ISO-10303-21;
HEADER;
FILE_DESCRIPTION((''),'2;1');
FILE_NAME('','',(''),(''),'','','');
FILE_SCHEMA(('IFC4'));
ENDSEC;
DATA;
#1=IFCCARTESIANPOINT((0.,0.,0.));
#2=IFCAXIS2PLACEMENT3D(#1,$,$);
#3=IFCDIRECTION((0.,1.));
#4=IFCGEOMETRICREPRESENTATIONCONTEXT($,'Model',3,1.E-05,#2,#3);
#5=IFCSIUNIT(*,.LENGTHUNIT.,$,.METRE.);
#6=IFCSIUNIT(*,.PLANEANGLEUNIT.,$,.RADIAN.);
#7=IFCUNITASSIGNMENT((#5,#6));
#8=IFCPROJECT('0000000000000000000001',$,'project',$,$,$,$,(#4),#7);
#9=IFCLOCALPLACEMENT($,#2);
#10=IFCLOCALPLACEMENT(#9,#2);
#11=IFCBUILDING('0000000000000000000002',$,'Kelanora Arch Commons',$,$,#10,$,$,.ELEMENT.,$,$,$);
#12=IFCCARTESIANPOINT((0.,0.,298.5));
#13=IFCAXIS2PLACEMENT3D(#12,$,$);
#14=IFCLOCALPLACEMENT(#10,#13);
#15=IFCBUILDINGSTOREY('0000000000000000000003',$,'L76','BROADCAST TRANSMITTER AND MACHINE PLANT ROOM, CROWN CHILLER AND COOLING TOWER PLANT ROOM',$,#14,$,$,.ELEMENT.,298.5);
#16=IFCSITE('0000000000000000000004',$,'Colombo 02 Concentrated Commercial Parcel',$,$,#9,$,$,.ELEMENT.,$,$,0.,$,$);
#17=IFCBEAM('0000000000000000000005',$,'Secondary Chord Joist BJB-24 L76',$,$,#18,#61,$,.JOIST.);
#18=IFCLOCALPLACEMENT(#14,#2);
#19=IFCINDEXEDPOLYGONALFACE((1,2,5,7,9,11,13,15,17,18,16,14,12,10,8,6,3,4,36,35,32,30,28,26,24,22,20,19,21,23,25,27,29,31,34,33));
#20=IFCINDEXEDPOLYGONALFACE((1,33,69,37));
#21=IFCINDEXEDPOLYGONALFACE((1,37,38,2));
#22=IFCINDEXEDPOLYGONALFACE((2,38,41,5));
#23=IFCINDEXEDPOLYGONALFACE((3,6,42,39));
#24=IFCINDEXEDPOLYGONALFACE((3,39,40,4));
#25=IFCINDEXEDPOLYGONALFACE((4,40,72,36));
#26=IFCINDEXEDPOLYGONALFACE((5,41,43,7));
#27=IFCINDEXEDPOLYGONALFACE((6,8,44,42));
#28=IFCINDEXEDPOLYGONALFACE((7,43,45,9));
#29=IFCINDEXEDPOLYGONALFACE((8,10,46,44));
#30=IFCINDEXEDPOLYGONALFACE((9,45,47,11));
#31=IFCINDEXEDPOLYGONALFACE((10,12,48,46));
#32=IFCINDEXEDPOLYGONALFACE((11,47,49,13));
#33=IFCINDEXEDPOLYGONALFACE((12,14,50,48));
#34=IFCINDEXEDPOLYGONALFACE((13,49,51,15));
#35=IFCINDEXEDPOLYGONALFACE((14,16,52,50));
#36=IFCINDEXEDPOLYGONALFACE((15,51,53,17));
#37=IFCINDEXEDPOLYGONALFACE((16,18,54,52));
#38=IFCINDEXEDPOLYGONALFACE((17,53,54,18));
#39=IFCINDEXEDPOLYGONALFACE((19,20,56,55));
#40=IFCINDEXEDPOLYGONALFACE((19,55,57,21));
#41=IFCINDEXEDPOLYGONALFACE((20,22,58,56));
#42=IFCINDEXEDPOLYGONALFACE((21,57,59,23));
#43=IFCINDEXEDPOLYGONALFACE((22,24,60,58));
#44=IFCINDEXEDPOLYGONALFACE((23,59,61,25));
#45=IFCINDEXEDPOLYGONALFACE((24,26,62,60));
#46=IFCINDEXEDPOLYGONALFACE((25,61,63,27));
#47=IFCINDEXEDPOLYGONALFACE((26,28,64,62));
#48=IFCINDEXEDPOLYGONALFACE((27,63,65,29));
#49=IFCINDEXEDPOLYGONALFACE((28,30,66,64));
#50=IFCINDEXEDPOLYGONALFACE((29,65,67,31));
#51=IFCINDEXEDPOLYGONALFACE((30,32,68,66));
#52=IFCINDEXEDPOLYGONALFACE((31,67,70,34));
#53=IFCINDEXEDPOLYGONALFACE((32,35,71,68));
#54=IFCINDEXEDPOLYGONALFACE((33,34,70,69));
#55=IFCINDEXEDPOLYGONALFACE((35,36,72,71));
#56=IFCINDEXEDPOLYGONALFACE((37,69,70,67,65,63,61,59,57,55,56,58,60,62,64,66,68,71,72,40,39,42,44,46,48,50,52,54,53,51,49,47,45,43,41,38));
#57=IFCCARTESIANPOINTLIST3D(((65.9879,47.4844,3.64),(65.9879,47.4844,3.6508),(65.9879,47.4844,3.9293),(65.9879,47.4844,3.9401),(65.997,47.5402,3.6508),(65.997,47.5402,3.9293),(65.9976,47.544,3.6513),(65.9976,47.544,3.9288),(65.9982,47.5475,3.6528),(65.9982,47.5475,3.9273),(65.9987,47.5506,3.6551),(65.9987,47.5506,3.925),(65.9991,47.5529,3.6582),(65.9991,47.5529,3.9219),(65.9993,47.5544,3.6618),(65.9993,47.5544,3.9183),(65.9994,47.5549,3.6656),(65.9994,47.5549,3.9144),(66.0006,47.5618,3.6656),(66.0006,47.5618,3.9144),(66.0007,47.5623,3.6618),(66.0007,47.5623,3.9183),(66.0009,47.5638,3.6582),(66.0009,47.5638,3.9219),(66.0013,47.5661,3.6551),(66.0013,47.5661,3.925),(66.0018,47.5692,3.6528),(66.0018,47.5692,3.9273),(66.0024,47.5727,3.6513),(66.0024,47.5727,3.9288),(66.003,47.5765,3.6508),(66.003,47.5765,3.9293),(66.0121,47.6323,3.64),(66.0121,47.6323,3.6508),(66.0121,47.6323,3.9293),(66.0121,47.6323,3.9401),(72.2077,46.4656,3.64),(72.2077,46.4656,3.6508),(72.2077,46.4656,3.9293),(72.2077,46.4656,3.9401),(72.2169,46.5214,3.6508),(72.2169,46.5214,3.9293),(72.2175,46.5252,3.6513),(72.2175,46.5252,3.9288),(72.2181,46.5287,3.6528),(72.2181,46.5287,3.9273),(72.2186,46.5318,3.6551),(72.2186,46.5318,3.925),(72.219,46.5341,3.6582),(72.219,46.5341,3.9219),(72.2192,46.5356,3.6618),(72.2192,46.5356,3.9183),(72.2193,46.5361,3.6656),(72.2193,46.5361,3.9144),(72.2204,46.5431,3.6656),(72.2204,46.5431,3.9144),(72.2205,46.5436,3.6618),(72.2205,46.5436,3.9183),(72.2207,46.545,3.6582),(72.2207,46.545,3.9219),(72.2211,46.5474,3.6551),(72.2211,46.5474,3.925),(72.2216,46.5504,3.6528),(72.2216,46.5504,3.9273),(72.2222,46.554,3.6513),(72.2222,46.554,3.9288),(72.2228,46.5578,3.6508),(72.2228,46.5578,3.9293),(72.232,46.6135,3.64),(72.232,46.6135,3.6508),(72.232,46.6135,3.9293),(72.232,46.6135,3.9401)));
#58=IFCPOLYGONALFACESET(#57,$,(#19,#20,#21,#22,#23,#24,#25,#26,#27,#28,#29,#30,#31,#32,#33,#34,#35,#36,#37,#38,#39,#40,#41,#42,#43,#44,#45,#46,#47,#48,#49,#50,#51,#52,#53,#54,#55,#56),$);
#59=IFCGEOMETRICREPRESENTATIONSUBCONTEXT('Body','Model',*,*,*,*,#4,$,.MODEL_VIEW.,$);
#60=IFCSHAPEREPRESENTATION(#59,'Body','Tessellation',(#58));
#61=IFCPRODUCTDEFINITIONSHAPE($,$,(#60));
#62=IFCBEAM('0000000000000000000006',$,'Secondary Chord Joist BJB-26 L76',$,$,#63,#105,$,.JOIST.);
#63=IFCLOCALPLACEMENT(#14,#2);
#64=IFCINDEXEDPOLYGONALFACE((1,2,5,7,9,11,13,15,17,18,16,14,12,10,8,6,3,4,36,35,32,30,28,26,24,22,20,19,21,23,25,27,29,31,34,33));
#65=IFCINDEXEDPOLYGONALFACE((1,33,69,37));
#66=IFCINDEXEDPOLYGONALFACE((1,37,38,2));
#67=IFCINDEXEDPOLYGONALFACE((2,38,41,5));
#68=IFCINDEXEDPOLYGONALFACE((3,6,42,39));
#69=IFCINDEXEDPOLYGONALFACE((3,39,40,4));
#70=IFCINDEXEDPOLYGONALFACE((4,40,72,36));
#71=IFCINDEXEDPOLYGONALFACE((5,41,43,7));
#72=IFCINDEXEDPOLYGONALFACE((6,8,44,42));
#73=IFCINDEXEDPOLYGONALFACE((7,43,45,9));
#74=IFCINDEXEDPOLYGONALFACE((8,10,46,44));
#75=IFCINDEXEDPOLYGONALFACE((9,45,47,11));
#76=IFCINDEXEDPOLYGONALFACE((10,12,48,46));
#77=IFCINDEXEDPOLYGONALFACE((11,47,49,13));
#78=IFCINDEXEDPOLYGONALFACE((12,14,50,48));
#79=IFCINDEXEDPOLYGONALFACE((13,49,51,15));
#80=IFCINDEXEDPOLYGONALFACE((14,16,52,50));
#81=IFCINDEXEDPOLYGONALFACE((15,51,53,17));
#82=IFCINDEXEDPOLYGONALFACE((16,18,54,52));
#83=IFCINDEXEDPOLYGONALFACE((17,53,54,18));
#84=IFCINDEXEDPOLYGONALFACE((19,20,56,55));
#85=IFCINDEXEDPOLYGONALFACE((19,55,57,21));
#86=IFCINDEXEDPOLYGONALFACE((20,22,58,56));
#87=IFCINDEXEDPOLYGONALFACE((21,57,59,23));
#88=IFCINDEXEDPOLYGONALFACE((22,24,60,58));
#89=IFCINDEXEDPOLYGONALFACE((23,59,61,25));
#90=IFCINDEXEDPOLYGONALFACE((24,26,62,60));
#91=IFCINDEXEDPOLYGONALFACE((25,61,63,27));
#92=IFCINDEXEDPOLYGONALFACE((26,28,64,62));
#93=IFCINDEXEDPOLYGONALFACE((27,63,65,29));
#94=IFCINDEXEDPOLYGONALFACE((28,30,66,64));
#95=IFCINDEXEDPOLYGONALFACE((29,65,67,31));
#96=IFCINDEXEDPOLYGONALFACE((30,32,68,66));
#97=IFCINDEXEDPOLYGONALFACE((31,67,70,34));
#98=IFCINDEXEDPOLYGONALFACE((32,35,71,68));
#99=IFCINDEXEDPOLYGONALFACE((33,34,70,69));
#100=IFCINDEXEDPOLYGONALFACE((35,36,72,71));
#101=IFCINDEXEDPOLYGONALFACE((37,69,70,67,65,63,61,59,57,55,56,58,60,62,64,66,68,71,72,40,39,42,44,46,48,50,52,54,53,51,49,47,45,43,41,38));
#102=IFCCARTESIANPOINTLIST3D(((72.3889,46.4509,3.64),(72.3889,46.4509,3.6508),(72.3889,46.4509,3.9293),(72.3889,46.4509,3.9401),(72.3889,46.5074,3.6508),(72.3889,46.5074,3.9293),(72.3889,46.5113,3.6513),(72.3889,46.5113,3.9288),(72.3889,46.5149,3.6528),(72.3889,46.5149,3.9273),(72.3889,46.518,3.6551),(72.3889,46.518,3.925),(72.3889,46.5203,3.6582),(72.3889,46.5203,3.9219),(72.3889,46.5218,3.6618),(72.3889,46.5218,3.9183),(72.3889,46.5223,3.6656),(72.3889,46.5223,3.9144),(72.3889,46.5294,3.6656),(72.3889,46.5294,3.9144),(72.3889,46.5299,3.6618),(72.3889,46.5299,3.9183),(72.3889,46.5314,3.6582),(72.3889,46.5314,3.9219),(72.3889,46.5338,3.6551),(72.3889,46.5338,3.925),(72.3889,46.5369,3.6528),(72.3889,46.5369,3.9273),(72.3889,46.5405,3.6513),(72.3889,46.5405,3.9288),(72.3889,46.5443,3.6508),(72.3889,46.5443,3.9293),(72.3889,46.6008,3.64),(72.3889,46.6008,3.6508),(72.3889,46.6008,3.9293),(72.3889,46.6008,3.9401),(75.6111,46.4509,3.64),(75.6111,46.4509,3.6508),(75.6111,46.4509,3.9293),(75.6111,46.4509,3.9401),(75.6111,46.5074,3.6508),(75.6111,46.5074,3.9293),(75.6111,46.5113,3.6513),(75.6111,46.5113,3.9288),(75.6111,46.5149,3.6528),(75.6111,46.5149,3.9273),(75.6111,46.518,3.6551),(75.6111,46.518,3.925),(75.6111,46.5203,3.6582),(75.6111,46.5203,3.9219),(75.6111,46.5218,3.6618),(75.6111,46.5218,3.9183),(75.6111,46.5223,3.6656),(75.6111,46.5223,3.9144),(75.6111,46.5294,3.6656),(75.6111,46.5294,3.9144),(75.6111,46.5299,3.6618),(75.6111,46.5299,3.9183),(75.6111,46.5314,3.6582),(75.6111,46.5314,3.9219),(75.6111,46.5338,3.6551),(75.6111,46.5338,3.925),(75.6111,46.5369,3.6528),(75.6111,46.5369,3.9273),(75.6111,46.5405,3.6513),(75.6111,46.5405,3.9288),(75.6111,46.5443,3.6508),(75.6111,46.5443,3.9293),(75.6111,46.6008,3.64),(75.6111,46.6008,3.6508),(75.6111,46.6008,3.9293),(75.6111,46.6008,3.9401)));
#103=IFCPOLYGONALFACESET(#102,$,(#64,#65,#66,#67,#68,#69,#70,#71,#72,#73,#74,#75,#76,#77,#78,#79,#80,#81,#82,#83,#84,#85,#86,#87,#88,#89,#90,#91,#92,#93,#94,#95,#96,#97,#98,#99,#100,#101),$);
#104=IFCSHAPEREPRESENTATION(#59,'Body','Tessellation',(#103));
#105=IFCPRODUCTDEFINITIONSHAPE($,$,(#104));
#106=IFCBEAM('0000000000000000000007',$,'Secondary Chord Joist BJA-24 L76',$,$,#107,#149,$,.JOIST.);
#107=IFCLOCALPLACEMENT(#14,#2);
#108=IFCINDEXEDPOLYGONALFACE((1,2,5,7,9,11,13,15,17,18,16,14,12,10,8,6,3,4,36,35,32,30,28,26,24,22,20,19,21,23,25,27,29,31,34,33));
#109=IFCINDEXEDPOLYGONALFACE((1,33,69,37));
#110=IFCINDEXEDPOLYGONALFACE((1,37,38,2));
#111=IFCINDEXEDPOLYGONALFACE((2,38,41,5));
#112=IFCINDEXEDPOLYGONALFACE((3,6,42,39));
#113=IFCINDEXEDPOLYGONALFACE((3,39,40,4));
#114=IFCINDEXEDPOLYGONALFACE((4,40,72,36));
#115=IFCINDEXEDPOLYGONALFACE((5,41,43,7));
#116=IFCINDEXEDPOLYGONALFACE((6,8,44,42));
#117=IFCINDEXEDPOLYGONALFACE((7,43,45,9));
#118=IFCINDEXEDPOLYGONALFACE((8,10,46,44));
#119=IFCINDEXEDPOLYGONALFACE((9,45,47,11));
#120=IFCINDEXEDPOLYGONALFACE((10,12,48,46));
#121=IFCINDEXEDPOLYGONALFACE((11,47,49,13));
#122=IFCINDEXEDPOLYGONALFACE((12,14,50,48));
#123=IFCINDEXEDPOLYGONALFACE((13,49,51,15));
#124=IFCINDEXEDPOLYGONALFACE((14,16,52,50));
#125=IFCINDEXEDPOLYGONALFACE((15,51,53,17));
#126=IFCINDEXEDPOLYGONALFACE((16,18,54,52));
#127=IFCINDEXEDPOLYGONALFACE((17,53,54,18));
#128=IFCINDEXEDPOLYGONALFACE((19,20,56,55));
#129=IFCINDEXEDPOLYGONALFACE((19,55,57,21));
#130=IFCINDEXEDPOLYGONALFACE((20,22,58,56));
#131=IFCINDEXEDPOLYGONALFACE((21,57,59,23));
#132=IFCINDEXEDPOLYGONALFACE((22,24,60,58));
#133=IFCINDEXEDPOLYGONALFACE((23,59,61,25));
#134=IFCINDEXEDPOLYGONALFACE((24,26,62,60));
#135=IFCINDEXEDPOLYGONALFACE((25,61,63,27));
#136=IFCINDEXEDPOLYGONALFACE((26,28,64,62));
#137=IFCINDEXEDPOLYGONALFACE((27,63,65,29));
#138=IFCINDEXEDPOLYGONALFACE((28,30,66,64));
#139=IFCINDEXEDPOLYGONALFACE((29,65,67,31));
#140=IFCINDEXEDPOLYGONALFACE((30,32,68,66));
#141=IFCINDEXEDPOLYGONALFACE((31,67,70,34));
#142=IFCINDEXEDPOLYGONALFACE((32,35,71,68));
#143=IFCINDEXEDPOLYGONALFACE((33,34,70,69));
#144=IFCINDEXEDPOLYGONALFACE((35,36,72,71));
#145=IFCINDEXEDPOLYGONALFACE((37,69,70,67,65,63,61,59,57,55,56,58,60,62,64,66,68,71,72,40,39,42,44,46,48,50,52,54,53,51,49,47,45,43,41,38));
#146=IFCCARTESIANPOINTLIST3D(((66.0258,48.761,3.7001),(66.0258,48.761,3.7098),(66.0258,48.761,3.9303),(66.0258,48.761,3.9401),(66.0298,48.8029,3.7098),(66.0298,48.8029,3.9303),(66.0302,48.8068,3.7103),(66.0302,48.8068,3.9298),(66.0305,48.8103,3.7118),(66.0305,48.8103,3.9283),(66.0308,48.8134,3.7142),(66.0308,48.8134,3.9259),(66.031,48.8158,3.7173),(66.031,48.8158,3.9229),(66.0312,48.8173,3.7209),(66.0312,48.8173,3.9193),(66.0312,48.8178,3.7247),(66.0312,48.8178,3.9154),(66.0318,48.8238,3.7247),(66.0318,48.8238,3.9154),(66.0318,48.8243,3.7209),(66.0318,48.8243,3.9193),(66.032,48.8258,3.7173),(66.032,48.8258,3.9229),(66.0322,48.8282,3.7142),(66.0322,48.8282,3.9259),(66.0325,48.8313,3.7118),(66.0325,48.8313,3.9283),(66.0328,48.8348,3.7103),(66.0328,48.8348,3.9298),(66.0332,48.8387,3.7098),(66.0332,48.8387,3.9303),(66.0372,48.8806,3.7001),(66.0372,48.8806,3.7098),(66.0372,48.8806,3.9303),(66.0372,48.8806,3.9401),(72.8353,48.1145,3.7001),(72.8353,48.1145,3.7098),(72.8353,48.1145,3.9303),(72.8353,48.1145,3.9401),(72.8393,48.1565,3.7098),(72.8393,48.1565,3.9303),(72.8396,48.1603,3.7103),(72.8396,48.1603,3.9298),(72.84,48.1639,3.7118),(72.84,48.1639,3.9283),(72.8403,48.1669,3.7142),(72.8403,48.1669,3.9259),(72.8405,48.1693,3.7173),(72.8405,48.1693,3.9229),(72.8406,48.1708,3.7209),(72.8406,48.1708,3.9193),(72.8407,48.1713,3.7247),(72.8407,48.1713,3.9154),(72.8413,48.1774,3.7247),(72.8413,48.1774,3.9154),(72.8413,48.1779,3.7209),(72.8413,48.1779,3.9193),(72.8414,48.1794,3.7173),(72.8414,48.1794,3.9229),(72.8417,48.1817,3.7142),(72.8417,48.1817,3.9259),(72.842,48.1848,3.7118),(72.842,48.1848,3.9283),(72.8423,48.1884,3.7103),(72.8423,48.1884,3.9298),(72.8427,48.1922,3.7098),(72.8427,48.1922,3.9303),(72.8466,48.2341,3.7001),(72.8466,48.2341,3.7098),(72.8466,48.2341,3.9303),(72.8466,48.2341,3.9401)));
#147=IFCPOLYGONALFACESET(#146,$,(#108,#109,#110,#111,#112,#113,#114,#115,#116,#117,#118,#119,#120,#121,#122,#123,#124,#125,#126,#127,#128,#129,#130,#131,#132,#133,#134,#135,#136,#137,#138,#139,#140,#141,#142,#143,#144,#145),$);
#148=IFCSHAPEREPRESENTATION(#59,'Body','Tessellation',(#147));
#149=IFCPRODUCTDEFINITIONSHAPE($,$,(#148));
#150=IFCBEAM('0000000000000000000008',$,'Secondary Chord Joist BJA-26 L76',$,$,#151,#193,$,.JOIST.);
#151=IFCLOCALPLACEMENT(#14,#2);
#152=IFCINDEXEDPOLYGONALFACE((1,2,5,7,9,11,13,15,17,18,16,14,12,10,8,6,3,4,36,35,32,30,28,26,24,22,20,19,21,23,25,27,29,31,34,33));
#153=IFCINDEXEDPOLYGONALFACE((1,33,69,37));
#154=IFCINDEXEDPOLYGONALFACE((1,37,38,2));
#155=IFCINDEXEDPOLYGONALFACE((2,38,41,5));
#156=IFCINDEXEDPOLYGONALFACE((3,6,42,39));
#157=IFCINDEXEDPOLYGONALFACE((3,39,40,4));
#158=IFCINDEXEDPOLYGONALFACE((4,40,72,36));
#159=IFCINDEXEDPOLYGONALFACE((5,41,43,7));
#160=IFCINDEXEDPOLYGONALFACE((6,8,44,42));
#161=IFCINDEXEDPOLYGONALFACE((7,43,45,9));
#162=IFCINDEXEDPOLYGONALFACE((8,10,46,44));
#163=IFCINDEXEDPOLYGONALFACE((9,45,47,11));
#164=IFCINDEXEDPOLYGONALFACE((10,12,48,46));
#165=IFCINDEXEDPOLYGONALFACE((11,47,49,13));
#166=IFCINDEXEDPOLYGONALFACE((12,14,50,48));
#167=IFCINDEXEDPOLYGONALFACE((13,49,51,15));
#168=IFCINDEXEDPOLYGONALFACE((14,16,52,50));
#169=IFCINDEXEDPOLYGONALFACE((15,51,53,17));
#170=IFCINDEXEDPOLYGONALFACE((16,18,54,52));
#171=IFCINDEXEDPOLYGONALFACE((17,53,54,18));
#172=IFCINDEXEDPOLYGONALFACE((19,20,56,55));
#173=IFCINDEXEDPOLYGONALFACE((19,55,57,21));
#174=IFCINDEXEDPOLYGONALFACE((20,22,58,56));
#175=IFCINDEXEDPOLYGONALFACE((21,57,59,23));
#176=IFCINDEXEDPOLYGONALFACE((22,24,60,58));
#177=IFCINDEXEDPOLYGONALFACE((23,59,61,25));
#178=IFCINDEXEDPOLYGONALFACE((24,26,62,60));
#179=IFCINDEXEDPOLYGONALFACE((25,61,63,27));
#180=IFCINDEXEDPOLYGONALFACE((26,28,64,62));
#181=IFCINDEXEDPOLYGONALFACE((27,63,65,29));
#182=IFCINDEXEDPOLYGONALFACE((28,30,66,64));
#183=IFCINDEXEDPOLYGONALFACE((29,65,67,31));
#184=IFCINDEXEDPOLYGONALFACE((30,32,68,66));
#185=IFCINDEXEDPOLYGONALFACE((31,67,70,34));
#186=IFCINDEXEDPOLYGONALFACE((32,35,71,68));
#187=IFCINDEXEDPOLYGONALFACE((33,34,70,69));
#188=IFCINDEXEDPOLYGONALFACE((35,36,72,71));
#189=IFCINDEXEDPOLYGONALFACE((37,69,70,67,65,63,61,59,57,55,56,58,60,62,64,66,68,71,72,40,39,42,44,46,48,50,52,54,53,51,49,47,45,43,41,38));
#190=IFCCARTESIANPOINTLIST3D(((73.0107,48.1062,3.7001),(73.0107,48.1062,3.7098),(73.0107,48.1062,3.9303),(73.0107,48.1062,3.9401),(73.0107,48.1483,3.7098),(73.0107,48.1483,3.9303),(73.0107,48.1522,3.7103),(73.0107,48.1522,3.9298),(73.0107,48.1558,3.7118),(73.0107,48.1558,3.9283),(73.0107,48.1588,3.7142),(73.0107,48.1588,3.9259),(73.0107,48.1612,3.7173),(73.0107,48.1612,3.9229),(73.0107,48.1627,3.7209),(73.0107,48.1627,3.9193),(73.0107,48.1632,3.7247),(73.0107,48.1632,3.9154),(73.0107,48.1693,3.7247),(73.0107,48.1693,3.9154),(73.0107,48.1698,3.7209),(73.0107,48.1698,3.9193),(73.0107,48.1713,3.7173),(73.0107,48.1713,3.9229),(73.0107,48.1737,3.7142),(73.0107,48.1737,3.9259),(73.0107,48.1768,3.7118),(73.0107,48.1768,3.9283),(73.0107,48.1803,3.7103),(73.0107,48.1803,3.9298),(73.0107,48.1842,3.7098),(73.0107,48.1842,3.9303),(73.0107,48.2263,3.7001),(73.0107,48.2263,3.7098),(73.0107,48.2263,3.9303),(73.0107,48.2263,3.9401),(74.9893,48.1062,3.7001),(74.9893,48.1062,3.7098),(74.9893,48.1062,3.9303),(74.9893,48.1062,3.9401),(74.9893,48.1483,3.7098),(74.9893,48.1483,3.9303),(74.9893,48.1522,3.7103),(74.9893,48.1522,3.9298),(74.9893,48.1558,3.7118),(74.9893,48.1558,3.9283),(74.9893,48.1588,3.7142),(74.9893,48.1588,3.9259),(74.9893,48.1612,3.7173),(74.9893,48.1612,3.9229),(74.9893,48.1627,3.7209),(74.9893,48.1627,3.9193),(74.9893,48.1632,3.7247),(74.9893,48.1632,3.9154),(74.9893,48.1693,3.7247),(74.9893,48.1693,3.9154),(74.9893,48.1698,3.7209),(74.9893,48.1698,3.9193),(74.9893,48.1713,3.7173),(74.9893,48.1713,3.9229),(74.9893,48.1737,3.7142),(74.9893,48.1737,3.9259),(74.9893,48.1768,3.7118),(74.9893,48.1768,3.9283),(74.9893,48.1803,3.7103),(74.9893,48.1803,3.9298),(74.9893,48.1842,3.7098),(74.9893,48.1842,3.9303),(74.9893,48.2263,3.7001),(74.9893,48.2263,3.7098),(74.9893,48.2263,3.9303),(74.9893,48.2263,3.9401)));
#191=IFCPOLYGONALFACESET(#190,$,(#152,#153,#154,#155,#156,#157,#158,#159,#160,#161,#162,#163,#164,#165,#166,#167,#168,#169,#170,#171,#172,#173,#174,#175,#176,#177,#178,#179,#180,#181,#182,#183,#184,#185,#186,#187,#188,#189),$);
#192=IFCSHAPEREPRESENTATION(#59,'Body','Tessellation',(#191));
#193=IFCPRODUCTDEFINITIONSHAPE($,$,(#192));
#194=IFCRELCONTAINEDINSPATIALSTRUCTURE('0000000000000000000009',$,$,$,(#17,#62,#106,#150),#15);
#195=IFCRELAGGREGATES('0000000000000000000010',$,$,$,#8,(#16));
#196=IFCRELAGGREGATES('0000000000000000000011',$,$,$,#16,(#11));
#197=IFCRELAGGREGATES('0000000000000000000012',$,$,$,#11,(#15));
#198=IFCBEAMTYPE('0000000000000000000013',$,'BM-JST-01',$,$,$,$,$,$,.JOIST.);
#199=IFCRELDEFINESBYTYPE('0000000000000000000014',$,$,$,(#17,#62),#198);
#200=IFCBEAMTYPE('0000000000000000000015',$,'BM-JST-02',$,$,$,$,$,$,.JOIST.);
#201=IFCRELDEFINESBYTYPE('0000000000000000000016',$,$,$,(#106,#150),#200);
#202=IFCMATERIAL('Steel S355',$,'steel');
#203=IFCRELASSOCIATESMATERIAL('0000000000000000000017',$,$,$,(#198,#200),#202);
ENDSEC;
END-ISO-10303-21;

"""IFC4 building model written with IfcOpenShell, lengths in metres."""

from ifc_helpers import new_model, si_unit, direction, frame, origin, origin_2d, place, context, subcontext, project, spatial, i_section, extrude, material, material_profile, profile_set, type_object, element, save


model = new_model("IFC4")

# Units and contexts
model_context = context("Model", 3, precision=1e-05, world=origin(), true_north=direction((0.0, 1.0)))
body_context = subcontext(model_context, "Body", "Model", "MODEL_VIEW")
ifc_project = project(units=[si_unit("LENGTHUNIT", "METRE"), si_unit("PLANEANGLEUNIT", "RADIAN")], contexts=[model_context])

# Site, building, storey
site_placement = place(None, origin())
site = spatial("IfcSite", under=ifc_project, at=site_placement, Name="Colombo 02 Concentrated Commercial Parcel", CompositionType="ELEMENT", RefElevation=0.0)
building_placement = place(site_placement, origin())
building = spatial("IfcBuilding", under=site, at=building_placement, Name="Kelanora Arch Commons", CompositionType="ELEMENT")
storey_placement = place(building_placement, frame((0.0, 0.0, 298.5)))
storey = spatial("IfcBuildingStorey", under=building, at=storey_placement, Name="L76", Description="BROADCAST TRANSMITTER AND MACHINE PLANT ROOM, CROWN CHILLER AND COOLING TOWER PLANT ROOM", CompositionType="ELEMENT", Elevation=298.5)

# Beams
ifc_material_1 = material(Name="Steel S355", Category="steel")
ifc_material_profile_1 = material_profile(ifc_material_1, i_section(OverallWidth=0.1499, OverallDepth=0.3, WebThickness=0.0071, FlangeThickness=0.0107, FilletRadius=0.0149, at=origin_2d()), Name="IPE300")
ifc_profile_set_1 = profile_set([ifc_material_profile_1], Name="Steel S355")
beam_type_1 = type_object("IfcBeamType", Name="BM-JST-01", PredefinedType="JOIST", material=ifc_profile_set_1)
beam_1_placement = place(storey_placement, frame((66.0, 47.5583, 3.79), z_axis=(0.98685, -0.161641, 0.0), x_axis=(0.161641, 0.98685, 0.0)))
element("IfcBeam", 1, at=beam_1_placement, inside=storey, type_object=beam_type_1, Name="Secondary Chord Joist BJB-24 L76", PredefinedType="JOIST", context=body_context, shape_type="SweptSolid", body=[
    extrude(i_section(OverallWidth=0.1499, OverallDepth=0.3, WebThickness=0.0071, FlangeThickness=0.0107, FilletRadius=0.0149, at=origin_2d()), origin(), (0.0, 0.0, 1.0), 6.3027),
])
beam_2_placement = place(storey_placement, frame((72.3889, 46.5259, 3.79), z_axis=(1.0, 0.0, 0.0), x_axis=(0.0, 1.0, 0.0)))
element("IfcBeam", 2, at=beam_2_placement, inside=storey, type_object=beam_type_1, Name="Secondary Chord Joist BJB-26 L76", PredefinedType="JOIST", context=body_context, shape_type="SweptSolid", body=[
    extrude(i_section(OverallWidth=0.1499, OverallDepth=0.3, WebThickness=0.0071, FlangeThickness=0.0107, FilletRadius=0.0149, at=origin_2d()), origin(), (0.0, 0.0, 1.0), 3.2222),
])
ifc_material_profile_2 = material_profile(ifc_material_1, i_section(OverallWidth=0.1201, OverallDepth=0.24, WebThickness=0.0061, FlangeThickness=0.0098, FilletRadius=0.0149, at=origin_2d()), Name="IPE240")
ifc_profile_set_2 = profile_set([ifc_material_profile_2], Name="Steel S355")
beam_type_2 = type_object("IfcBeamType", Name="BM-JST-02", PredefinedType="JOIST", material=ifc_profile_set_2)
beam_3_placement = place(storey_placement, frame((66.0315, 48.8208, 3.8201), z_axis=(0.995524, -0.094513, 0.0), x_axis=(0.094513, 0.995524, 0.0)))
element("IfcBeam", 3, at=beam_3_placement, inside=storey, type_object=beam_type_2, Name="Secondary Chord Joist BJA-24 L76", PredefinedType="JOIST", context=body_context, shape_type="SweptSolid", body=[
    extrude(i_section(OverallWidth=0.1201, OverallDepth=0.24, WebThickness=0.0061, FlangeThickness=0.0098, FilletRadius=0.0149, at=origin_2d()), origin(), (0.0, 0.0, 1.0), 6.8401),
])
beam_4_placement = place(storey_placement, frame((73.0107, 48.1663, 3.8201), z_axis=(1.0, 0.0, 0.0), x_axis=(0.0, 1.0, 0.0)))
element("IfcBeam", 4, at=beam_4_placement, inside=storey, type_object=beam_type_2, Name="Secondary Chord Joist BJA-26 L76", PredefinedType="JOIST", context=body_context, shape_type="SweptSolid", body=[
    extrude(i_section(OverallWidth=0.1201, OverallDepth=0.24, WebThickness=0.0061, FlangeThickness=0.0098, FilletRadius=0.0149, at=origin_2d()), origin(), (0.0, 0.0, 1.0), 1.9785),
])

save(model, "model.ifc")
